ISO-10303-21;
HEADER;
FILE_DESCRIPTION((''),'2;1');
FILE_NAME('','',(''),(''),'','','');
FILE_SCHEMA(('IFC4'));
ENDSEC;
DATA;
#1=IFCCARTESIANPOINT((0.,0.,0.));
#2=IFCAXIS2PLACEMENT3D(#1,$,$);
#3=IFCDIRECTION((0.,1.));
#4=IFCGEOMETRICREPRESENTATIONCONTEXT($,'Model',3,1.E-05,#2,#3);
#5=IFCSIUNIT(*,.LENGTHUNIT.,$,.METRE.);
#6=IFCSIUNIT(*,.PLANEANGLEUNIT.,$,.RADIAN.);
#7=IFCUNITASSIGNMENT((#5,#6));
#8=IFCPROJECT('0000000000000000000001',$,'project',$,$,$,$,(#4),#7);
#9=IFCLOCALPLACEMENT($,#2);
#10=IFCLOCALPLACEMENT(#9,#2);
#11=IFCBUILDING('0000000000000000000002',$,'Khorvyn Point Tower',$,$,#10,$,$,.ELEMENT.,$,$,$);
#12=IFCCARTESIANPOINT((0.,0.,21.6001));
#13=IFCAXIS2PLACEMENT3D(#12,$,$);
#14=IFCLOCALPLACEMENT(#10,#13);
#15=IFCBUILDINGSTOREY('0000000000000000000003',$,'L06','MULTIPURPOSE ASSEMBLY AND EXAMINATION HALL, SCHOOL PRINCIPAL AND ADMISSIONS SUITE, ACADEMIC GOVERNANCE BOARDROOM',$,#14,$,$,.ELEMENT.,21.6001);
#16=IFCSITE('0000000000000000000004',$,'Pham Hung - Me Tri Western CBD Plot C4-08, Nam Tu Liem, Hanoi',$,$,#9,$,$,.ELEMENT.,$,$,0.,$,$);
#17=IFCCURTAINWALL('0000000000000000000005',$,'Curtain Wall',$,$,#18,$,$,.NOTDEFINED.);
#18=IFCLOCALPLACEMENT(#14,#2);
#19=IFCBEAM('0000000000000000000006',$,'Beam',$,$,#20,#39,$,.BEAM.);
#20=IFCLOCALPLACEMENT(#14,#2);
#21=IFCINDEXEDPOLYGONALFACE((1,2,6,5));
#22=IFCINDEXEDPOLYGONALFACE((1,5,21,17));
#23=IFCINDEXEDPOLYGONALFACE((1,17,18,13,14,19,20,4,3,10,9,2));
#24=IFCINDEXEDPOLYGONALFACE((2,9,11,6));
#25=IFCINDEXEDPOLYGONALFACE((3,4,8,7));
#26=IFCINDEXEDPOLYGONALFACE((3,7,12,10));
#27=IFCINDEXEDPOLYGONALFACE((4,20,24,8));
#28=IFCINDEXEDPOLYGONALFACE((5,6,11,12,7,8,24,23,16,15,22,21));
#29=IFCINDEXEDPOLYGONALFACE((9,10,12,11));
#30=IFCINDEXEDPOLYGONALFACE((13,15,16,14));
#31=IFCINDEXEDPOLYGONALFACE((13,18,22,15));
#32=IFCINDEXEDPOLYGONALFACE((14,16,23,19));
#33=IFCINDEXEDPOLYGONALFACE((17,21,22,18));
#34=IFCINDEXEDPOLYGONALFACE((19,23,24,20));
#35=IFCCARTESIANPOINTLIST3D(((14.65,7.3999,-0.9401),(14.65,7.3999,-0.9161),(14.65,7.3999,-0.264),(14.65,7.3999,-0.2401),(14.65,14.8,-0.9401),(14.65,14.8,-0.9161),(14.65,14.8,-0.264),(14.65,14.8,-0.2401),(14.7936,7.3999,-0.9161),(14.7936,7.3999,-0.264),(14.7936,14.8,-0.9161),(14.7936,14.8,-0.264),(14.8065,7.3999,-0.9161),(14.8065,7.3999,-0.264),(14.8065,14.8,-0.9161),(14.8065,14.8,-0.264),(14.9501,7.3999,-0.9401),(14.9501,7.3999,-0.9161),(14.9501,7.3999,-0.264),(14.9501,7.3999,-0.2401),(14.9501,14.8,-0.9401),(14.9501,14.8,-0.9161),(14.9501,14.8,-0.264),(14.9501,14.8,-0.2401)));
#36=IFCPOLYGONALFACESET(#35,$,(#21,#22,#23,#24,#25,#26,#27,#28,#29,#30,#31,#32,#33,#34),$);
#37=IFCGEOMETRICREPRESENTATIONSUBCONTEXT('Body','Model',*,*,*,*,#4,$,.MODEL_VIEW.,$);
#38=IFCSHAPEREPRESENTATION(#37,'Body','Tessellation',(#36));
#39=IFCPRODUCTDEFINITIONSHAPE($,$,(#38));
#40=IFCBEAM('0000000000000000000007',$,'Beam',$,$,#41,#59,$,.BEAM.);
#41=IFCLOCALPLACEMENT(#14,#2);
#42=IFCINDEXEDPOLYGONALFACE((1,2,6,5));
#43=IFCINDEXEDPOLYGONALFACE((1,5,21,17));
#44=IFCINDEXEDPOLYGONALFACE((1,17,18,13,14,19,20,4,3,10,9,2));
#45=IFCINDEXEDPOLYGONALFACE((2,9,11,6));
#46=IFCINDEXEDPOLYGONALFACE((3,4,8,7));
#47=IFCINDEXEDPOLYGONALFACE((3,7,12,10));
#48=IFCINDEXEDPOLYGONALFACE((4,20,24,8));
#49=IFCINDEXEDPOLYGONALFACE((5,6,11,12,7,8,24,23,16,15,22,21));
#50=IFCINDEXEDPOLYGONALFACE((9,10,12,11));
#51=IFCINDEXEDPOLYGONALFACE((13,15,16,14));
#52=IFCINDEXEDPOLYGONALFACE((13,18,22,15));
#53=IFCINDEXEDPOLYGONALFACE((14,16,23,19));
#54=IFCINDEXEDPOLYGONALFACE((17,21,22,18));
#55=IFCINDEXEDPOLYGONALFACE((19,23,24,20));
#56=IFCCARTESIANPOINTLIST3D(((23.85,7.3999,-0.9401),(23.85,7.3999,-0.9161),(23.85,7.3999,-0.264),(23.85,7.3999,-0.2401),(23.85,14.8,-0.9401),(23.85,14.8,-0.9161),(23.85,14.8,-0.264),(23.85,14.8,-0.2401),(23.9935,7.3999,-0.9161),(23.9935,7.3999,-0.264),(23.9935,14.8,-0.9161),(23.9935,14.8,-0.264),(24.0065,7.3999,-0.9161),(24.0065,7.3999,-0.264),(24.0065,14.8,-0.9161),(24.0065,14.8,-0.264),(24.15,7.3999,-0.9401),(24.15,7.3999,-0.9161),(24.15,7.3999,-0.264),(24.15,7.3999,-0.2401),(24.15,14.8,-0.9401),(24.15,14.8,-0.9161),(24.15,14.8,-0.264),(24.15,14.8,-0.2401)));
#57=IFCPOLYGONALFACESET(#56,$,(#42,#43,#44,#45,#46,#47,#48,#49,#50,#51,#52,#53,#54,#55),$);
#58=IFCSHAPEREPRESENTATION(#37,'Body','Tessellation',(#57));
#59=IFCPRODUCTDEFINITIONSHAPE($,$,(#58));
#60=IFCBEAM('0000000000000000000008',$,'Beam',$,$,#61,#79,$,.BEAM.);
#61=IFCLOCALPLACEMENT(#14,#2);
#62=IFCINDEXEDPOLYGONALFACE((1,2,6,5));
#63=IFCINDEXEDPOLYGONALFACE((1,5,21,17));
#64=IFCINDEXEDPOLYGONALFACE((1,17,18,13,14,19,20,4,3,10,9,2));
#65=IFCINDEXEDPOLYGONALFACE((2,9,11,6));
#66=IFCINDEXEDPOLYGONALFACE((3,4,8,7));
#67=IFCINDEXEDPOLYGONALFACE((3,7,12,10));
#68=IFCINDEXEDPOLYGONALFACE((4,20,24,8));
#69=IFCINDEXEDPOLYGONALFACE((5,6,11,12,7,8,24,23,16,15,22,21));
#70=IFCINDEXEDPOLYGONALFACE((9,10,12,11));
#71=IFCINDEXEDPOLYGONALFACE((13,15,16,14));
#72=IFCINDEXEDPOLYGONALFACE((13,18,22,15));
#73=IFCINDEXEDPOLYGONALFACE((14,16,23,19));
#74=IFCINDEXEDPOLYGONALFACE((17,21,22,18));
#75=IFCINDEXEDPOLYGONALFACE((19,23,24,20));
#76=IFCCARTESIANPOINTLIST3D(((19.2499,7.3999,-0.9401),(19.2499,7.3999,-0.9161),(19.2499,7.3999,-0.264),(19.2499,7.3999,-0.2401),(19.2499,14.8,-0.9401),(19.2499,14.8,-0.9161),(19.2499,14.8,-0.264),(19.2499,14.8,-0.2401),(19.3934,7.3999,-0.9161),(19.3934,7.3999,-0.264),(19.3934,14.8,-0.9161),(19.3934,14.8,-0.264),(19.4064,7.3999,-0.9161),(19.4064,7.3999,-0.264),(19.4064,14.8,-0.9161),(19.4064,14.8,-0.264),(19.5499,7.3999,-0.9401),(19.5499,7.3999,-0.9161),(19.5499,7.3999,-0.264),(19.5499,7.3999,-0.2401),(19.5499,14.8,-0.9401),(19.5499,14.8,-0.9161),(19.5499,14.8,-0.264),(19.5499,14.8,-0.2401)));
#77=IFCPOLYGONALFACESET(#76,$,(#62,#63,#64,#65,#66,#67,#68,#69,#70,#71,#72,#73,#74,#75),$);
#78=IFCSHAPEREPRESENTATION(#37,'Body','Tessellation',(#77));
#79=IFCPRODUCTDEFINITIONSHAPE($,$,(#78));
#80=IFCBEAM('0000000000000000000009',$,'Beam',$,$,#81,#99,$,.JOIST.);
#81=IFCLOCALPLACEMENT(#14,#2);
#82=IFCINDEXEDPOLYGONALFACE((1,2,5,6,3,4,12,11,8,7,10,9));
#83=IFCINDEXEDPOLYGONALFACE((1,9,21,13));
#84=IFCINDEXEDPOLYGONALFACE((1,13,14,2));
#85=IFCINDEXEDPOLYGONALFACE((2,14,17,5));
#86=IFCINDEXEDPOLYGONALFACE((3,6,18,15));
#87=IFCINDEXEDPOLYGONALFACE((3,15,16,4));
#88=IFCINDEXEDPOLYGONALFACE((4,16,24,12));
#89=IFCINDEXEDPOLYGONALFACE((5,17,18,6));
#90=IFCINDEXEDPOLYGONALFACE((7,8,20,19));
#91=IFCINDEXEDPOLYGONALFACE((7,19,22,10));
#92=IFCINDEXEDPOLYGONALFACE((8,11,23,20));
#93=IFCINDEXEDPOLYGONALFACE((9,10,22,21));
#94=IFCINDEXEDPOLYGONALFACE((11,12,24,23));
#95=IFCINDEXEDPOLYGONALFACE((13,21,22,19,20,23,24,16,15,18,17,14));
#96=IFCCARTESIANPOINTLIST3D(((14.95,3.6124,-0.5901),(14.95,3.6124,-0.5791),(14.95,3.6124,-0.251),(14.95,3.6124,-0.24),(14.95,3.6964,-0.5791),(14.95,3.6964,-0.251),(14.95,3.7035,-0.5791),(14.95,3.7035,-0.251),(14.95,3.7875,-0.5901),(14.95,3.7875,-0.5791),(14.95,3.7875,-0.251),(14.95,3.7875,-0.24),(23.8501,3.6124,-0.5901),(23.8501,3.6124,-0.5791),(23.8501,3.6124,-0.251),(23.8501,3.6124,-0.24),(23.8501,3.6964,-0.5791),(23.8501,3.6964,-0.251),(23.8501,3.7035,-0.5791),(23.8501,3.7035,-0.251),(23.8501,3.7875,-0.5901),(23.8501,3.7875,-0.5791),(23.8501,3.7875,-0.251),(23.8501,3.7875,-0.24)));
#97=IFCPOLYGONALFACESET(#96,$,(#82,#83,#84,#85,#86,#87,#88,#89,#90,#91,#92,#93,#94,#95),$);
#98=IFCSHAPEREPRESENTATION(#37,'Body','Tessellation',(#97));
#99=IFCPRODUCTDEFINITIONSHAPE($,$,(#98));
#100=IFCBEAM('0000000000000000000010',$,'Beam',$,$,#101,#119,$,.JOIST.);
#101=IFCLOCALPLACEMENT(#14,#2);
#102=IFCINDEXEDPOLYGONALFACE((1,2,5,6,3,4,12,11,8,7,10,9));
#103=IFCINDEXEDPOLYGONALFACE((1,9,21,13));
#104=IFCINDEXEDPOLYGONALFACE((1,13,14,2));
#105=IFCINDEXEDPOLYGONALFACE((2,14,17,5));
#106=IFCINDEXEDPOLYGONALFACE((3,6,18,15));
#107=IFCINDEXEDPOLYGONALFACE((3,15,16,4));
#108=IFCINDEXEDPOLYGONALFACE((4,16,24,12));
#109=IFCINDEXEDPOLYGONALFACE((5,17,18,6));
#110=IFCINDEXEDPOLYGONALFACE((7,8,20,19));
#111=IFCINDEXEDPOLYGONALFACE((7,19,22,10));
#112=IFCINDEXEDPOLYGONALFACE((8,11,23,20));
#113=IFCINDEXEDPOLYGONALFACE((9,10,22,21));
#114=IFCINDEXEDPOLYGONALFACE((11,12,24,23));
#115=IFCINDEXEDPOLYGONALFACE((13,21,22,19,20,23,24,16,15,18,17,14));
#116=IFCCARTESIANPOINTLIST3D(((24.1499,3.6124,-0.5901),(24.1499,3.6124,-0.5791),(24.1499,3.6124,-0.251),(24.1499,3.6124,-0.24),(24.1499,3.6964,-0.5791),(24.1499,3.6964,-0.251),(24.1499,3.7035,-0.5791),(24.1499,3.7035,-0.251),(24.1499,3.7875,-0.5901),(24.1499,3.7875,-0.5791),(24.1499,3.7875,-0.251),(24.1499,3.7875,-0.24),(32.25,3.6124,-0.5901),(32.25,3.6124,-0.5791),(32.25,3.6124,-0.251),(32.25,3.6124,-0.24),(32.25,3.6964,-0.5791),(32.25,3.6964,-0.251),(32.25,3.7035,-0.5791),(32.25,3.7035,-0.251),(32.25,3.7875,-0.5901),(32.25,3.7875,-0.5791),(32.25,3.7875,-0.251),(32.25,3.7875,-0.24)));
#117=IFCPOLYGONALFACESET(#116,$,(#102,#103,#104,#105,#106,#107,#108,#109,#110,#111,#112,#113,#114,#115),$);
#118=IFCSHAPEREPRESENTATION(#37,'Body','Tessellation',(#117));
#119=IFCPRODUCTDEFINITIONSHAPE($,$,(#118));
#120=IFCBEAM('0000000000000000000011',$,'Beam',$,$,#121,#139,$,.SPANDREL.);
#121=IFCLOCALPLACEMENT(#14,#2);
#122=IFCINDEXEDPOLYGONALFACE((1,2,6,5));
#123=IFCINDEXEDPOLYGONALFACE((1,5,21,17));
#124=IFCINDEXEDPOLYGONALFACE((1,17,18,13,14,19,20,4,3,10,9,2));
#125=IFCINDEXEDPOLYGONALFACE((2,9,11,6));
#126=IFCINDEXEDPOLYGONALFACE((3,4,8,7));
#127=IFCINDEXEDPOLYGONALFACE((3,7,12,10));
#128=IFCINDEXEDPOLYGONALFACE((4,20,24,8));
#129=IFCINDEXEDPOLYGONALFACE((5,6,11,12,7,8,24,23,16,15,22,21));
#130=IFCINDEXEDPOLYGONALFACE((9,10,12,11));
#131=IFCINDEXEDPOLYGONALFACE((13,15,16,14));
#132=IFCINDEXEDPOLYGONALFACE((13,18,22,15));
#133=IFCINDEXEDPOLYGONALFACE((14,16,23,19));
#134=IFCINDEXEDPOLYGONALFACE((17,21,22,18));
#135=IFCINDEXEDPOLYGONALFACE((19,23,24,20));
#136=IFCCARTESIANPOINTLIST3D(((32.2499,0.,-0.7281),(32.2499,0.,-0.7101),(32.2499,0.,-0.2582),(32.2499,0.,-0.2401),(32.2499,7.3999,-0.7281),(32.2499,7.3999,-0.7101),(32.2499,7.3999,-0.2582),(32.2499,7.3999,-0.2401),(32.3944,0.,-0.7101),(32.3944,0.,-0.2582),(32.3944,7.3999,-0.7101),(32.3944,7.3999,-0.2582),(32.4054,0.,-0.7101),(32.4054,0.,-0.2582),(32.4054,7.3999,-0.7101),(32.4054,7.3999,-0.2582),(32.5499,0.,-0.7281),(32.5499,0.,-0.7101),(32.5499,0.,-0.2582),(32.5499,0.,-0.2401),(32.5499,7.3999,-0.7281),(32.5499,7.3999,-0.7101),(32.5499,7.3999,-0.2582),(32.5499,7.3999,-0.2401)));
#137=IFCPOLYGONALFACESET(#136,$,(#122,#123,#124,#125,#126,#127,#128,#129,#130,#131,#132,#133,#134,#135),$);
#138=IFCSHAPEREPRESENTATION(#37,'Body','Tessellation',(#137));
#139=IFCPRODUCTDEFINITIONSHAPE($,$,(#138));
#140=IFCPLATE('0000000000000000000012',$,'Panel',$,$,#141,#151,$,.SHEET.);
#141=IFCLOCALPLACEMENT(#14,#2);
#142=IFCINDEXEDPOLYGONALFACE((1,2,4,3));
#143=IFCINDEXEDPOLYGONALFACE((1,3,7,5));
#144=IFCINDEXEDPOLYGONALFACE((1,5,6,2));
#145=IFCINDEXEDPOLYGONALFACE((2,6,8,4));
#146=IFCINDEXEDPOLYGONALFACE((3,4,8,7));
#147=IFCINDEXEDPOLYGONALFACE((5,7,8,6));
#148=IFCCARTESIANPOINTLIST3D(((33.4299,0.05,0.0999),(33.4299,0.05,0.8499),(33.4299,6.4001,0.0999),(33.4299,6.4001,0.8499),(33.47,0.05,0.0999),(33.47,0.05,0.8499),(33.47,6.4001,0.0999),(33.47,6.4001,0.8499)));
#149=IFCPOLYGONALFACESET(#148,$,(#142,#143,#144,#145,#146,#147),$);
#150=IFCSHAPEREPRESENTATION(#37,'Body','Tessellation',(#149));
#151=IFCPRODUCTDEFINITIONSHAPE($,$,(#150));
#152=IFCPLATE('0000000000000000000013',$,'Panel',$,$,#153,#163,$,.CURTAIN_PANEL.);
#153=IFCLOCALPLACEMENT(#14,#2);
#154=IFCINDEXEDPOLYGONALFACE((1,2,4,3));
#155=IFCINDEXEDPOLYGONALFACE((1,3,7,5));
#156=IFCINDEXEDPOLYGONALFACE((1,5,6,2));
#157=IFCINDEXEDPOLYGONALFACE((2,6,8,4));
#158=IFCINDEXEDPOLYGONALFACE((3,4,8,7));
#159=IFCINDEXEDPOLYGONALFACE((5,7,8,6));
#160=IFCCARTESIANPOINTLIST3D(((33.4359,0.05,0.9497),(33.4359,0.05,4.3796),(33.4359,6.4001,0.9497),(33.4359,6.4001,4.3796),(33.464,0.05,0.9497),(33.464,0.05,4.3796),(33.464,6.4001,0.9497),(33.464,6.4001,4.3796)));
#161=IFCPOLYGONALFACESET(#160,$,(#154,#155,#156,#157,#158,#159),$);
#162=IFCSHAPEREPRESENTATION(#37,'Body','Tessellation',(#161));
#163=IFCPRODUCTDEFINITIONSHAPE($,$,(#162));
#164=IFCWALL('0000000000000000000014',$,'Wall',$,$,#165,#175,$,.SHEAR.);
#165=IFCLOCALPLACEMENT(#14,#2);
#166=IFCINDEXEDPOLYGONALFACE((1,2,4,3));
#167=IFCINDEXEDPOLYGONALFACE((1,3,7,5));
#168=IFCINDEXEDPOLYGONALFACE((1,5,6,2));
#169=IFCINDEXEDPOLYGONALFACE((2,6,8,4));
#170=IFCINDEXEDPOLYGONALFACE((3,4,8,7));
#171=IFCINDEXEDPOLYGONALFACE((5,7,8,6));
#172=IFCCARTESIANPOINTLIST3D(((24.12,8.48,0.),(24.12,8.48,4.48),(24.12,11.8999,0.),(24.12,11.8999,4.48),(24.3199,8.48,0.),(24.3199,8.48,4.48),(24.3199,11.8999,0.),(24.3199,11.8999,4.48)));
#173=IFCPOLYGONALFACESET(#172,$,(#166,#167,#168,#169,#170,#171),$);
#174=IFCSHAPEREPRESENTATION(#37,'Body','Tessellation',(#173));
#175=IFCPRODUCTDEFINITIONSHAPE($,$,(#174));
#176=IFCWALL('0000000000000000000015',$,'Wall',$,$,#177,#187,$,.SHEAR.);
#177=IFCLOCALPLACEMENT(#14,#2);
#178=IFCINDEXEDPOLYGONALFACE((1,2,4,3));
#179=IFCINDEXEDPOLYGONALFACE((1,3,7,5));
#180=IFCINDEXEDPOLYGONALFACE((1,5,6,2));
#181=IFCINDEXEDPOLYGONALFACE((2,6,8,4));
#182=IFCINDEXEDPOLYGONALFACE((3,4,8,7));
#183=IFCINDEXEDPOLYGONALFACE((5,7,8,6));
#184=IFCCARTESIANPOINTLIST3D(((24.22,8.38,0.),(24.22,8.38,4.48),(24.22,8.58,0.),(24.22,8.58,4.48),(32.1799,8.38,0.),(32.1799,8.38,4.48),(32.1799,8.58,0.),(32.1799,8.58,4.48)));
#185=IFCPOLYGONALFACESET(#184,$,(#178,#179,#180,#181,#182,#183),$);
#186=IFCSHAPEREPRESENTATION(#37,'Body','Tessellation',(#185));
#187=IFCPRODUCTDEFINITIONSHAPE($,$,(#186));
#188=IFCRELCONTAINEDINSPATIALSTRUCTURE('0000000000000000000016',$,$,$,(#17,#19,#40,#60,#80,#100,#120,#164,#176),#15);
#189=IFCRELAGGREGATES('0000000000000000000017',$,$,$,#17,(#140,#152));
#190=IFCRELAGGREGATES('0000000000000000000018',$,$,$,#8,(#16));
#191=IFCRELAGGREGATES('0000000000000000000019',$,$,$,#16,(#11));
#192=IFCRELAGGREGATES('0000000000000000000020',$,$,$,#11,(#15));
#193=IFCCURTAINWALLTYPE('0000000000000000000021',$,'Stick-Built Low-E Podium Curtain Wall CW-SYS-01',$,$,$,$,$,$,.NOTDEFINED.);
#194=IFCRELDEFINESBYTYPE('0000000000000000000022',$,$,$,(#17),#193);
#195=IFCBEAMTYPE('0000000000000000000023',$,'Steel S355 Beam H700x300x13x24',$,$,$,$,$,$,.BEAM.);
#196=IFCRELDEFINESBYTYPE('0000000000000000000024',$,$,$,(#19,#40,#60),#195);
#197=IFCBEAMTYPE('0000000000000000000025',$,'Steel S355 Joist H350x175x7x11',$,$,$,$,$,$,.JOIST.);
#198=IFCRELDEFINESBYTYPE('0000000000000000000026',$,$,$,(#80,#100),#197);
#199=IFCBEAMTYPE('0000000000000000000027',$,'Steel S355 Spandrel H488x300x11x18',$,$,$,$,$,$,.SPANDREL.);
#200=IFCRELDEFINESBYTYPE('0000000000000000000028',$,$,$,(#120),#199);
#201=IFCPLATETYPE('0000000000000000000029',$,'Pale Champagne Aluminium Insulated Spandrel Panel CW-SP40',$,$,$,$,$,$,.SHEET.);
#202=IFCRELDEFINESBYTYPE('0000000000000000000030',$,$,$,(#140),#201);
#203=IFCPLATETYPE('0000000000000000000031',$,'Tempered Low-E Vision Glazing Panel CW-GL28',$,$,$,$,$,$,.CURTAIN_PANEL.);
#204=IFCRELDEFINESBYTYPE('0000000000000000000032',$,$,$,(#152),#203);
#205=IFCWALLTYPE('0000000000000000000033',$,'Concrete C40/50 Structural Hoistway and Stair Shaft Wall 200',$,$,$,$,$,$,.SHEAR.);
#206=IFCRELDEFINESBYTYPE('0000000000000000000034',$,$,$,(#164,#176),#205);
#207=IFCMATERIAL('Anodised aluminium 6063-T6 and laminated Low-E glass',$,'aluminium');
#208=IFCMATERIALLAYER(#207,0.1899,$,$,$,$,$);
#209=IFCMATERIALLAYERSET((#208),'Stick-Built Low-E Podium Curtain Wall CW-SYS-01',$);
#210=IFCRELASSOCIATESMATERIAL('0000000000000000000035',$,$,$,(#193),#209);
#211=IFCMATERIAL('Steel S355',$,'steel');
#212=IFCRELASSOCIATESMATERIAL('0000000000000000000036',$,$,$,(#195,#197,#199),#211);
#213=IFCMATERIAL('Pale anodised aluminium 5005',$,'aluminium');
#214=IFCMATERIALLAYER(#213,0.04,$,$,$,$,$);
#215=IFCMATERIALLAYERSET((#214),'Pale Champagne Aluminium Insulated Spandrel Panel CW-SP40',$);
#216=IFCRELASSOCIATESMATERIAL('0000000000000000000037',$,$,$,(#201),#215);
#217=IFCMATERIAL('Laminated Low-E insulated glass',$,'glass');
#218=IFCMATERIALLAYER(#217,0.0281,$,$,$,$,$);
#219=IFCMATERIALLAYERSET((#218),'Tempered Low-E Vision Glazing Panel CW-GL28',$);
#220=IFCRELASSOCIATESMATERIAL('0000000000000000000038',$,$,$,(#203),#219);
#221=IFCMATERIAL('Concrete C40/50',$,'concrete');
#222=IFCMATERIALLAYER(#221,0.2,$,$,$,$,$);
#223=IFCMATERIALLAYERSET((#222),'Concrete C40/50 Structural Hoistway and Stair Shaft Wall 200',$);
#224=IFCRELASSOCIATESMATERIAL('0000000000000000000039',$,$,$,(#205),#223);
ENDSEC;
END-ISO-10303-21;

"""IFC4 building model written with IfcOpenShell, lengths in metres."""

from ifc_helpers import new_model, si_unit, direction, frame, frame_2d, origin, origin_2d, place, context, subcontext, project, spatial, rectangle, i_section, extrude, material, layer, layer_set, material_profile, profile_set, type_object, element, aggregate, save


model = new_model("IFC4")

# Units and contexts
model_context = context("Model", 3, precision=1e-05, world=origin(), true_north=direction((0.0, 1.0)))
body_context = subcontext(model_context, "Body", "Model", "MODEL_VIEW")
ifc_project = project(units=[si_unit("LENGTHUNIT", "METRE"), si_unit("PLANEANGLEUNIT", "RADIAN")], contexts=[model_context])

# Site, building, storey
site_placement = place(None, origin())
site = spatial("IfcSite", under=ifc_project, at=site_placement, Name="Pham Hung - Me Tri Western CBD Plot C4-08, Nam Tu Liem, Hanoi", CompositionType="ELEMENT", RefElevation=0.0)
building_placement = place(site_placement, origin())
building = spatial("IfcBuilding", under=site, at=building_placement, Name="Khorvyn Point Tower", CompositionType="ELEMENT")
storey_placement = place(building_placement, frame((0.0, 0.0, 21.6001)))
storey = spatial("IfcBuildingStorey", under=building, at=storey_placement, Name="L06", Description="MULTIPURPOSE ASSEMBLY AND EXAMINATION HALL, SCHOOL PRINCIPAL AND ADMISSIONS SUITE, ACADEMIC GOVERNANCE BOARDROOM", CompositionType="ELEMENT", Elevation=21.6001)

# Shared definitions
ifc_material_1 = material(Name="Concrete C40/50", Category="concrete")

# Curtain wall
ifc_material_2 = material(Name="Anodised aluminium 6063-T6 and laminated Low-E glass", Category="aluminium")
ifc_layer_1 = layer(ifc_material_2, 0.1899)
ifc_layer_set_1 = layer_set([ifc_layer_1], Name="Stick-Built Low-E Podium Curtain Wall CW-SYS-01")
curtain_wall_type = type_object("IfcCurtainWallType", Name="Stick-Built Low-E Podium Curtain Wall CW-SYS-01", PredefinedType="NOTDEFINED", material=ifc_layer_set_1)
curtain_wall_placement = place(storey_placement, origin())
curtain_wall = element("IfcCurtainWall", 1, at=curtain_wall_placement, inside=storey, type_object=curtain_wall_type, Name="Curtain Wall", PredefinedType="NOTDEFINED")

# Beams
ifc_material_3 = material(Name="Steel S355", Category="steel")
ifc_material_profile_1 = material_profile(ifc_material_3, i_section(OverallWidth=0.3, OverallDepth=0.7, WebThickness=0.0129, FlangeThickness=0.0239, at=origin_2d()))
ifc_profile_set_1 = profile_set([ifc_material_profile_1], Name="Steel S355 H700x300x13x24")
beam_type_1 = type_object("IfcBeamType", Name="Steel S355 Beam H700x300x13x24", PredefinedType="BEAM", material=ifc_profile_set_1)
for number, where, z_axis, x_axis, name in (
    (2, (14.8, 7.3999, -0.5901), (0.0, 1.0, 0.0), (-1.0, 0.0, 0.0), "Beam"),
    (3, (24.0, 7.3999, -0.5901), (0.0, 1.0, 0.0), (-1.0, 0.0, 0.0), "Beam"),
    (4, (19.3999, 7.3999, -0.5901), (0.0, 1.0, 0.0), (-1.0, 0.0, 0.0), "Beam"),
):
    element("IfcBeam", number, at=place(storey_placement, frame(where, z_axis=z_axis, x_axis=x_axis)), inside=storey, type_object=beam_type_1, Name=name, PredefinedType="BEAM", context=body_context, shape_type="SweptSolid", body=[
        extrude(i_section(OverallWidth=0.3, OverallDepth=0.7, WebThickness=0.0129, FlangeThickness=0.0239, at=origin_2d()), origin(), (0.0, 0.0, 1.0), 7.4001),
    ])
ifc_material_profile_2 = material_profile(ifc_material_3, i_section(OverallWidth=0.175, OverallDepth=0.3501, WebThickness=0.0071, FlangeThickness=0.011, at=origin_2d()))
ifc_profile_set_2 = profile_set([ifc_material_profile_2], Name="Steel S355 H350x175x7x11")
beam_type_2 = type_object("IfcBeamType", Name="Steel S355 Joist H350x175x7x11", PredefinedType="JOIST", material=ifc_profile_set_2)
beam_1_placement = place(storey_placement, frame((14.95, 3.7, -0.415), z_axis=(1.0, 0.0, 0.0), x_axis=(0.0, 1.0, 0.0)))
element("IfcBeam", 5, at=beam_1_placement, inside=storey, type_object=beam_type_2, Name="Beam", PredefinedType="JOIST", context=body_context, shape_type="SweptSolid", body=[
    extrude(i_section(OverallWidth=0.175, OverallDepth=0.3501, WebThickness=0.0071, FlangeThickness=0.011, at=origin_2d()), origin(), (0.0, 0.0, 1.0), 8.9001),
])
beam_2_placement = place(storey_placement, frame((24.1499, 3.7, -0.415), z_axis=(1.0, 0.0, 0.0), x_axis=(0.0, 1.0, 0.0)))
element("IfcBeam", 6, at=beam_2_placement, inside=storey, type_object=beam_type_2, Name="Beam", PredefinedType="JOIST", context=body_context, shape_type="SweptSolid", body=[
    extrude(i_section(OverallWidth=0.175, OverallDepth=0.3501, WebThickness=0.0071, FlangeThickness=0.011, at=origin_2d()), origin(), (0.0, 0.0, 1.0), 8.1001),
])
ifc_material_profile_3 = material_profile(ifc_material_3, i_section(OverallWidth=0.3, OverallDepth=0.488, WebThickness=0.011, FlangeThickness=0.0181, at=origin_2d()))
ifc_profile_set_3 = profile_set([ifc_material_profile_3], Name="Steel S355 H488x300x11x18")
beam_type_3 = type_object("IfcBeamType", Name="Steel S355 Spandrel H488x300x11x18", PredefinedType="SPANDREL", material=ifc_profile_set_3)
beam_3_placement = place(storey_placement, frame((32.3999, 0.0, -0.4841), z_axis=(0.0, 1.0, 0.0), x_axis=(-1.0, 0.0, 0.0)))
element("IfcBeam", 7, at=beam_3_placement, inside=storey, type_object=beam_type_3, Name="Beam", PredefinedType="SPANDREL", context=body_context, shape_type="SweptSolid", body=[
    extrude(i_section(OverallWidth=0.3, OverallDepth=0.488, WebThickness=0.011, FlangeThickness=0.0181, at=origin_2d()), origin(), (0.0, 0.0, 1.0), 7.3999),
])

# Plates
ifc_material_4 = material(Name="Pale anodised aluminium 5005", Category="aluminium")
ifc_layer_2 = layer(ifc_material_4, 0.04)
ifc_layer_set_2 = layer_set([ifc_layer_2], Name="Pale Champagne Aluminium Insulated Spandrel Panel CW-SP40")
plate_type_1 = type_object("IfcPlateType", Name="Pale Champagne Aluminium Insulated Spandrel Panel CW-SP40", PredefinedType="SHEET", material=ifc_layer_set_2)
plate_1_placement = place(storey_placement, frame((33.45, 3.2251, 0.0999), z_axis=(0.0, 0.0, 1.0), x_axis=(0.0, 1.0, 0.0)))
plate_1 = element("IfcPlate", 8, at=plate_1_placement, type_object=plate_type_1, Name="Panel", PredefinedType="SHEET", context=body_context, shape_type="SweptSolid", body=[
    extrude(rectangle(XDim=6.3501, YDim=0.04, at=origin_2d()), origin(), (0.0, 0.0, 1.0), 0.75),
])
ifc_material_5 = material(Name="Laminated Low-E insulated glass", Category="glass")
ifc_layer_3 = layer(ifc_material_5, 0.0281)
ifc_layer_set_3 = layer_set([ifc_layer_3], Name="Tempered Low-E Vision Glazing Panel CW-GL28")
plate_type_2 = type_object("IfcPlateType", Name="Tempered Low-E Vision Glazing Panel CW-GL28", PredefinedType="CURTAIN_PANEL", material=ifc_layer_set_3)
plate_2_placement = place(storey_placement, frame((33.45, 3.2251, 0.9497), z_axis=(0.0, 0.0, 1.0), x_axis=(0.0, 1.0, 0.0)))
plate_2 = element("IfcPlate", 9, at=plate_2_placement, type_object=plate_type_2, Name="Panel", PredefinedType="CURTAIN_PANEL", context=body_context, shape_type="SweptSolid", body=[
    extrude(rectangle(XDim=6.3501, YDim=0.0281, at=origin_2d()), origin(), (0.0, 0.0, 1.0), 3.4299),
])
aggregate(curtain_wall, [plate_1, plate_2])

# Walls
ifc_layer_4 = layer(ifc_material_1, 0.2)
ifc_layer_set_4 = layer_set([ifc_layer_4], Name="Concrete C40/50 Structural Hoistway and Stair Shaft Wall 200")
wall_type_1 = type_object("IfcWallType", Name="Concrete C40/50 Structural Hoistway and Stair Shaft Wall 200", PredefinedType="SHEAR", material=ifc_layer_set_4)
wall_1_placement = place(storey_placement, frame((24.22, 8.48, 0.0), z_axis=(0.0, 0.0, 1.0), x_axis=(0.0, 1.0, 0.0)))
element("IfcWall", 10, at=wall_1_placement, inside=storey, type_object=wall_type_1, Name="Wall", PredefinedType="SHEAR", context=body_context, shape_type="SweptSolid", body=[
    extrude(rectangle(XDim=3.4199, YDim=0.2, at=frame_2d((1.71, 0.0))), origin(), (0.0, 0.0, 1.0), 4.48),
])
wall_2_placement = place(storey_placement, frame((32.1799, 8.48, 0.0), z_axis=(0.0, 0.0, 1.0), x_axis=(-1.0, 0.0, 0.0)))
element("IfcWall", 11, at=wall_2_placement, inside=storey, type_object=wall_type_1, Name="Wall", PredefinedType="SHEAR", context=body_context, shape_type="SweptSolid", body=[
    extrude(rectangle(XDim=7.96, YDim=0.2, at=frame_2d((3.98, 0.0))), origin(), (0.0, 0.0, 1.0), 4.48),
])

save(model, "model.ifc")
